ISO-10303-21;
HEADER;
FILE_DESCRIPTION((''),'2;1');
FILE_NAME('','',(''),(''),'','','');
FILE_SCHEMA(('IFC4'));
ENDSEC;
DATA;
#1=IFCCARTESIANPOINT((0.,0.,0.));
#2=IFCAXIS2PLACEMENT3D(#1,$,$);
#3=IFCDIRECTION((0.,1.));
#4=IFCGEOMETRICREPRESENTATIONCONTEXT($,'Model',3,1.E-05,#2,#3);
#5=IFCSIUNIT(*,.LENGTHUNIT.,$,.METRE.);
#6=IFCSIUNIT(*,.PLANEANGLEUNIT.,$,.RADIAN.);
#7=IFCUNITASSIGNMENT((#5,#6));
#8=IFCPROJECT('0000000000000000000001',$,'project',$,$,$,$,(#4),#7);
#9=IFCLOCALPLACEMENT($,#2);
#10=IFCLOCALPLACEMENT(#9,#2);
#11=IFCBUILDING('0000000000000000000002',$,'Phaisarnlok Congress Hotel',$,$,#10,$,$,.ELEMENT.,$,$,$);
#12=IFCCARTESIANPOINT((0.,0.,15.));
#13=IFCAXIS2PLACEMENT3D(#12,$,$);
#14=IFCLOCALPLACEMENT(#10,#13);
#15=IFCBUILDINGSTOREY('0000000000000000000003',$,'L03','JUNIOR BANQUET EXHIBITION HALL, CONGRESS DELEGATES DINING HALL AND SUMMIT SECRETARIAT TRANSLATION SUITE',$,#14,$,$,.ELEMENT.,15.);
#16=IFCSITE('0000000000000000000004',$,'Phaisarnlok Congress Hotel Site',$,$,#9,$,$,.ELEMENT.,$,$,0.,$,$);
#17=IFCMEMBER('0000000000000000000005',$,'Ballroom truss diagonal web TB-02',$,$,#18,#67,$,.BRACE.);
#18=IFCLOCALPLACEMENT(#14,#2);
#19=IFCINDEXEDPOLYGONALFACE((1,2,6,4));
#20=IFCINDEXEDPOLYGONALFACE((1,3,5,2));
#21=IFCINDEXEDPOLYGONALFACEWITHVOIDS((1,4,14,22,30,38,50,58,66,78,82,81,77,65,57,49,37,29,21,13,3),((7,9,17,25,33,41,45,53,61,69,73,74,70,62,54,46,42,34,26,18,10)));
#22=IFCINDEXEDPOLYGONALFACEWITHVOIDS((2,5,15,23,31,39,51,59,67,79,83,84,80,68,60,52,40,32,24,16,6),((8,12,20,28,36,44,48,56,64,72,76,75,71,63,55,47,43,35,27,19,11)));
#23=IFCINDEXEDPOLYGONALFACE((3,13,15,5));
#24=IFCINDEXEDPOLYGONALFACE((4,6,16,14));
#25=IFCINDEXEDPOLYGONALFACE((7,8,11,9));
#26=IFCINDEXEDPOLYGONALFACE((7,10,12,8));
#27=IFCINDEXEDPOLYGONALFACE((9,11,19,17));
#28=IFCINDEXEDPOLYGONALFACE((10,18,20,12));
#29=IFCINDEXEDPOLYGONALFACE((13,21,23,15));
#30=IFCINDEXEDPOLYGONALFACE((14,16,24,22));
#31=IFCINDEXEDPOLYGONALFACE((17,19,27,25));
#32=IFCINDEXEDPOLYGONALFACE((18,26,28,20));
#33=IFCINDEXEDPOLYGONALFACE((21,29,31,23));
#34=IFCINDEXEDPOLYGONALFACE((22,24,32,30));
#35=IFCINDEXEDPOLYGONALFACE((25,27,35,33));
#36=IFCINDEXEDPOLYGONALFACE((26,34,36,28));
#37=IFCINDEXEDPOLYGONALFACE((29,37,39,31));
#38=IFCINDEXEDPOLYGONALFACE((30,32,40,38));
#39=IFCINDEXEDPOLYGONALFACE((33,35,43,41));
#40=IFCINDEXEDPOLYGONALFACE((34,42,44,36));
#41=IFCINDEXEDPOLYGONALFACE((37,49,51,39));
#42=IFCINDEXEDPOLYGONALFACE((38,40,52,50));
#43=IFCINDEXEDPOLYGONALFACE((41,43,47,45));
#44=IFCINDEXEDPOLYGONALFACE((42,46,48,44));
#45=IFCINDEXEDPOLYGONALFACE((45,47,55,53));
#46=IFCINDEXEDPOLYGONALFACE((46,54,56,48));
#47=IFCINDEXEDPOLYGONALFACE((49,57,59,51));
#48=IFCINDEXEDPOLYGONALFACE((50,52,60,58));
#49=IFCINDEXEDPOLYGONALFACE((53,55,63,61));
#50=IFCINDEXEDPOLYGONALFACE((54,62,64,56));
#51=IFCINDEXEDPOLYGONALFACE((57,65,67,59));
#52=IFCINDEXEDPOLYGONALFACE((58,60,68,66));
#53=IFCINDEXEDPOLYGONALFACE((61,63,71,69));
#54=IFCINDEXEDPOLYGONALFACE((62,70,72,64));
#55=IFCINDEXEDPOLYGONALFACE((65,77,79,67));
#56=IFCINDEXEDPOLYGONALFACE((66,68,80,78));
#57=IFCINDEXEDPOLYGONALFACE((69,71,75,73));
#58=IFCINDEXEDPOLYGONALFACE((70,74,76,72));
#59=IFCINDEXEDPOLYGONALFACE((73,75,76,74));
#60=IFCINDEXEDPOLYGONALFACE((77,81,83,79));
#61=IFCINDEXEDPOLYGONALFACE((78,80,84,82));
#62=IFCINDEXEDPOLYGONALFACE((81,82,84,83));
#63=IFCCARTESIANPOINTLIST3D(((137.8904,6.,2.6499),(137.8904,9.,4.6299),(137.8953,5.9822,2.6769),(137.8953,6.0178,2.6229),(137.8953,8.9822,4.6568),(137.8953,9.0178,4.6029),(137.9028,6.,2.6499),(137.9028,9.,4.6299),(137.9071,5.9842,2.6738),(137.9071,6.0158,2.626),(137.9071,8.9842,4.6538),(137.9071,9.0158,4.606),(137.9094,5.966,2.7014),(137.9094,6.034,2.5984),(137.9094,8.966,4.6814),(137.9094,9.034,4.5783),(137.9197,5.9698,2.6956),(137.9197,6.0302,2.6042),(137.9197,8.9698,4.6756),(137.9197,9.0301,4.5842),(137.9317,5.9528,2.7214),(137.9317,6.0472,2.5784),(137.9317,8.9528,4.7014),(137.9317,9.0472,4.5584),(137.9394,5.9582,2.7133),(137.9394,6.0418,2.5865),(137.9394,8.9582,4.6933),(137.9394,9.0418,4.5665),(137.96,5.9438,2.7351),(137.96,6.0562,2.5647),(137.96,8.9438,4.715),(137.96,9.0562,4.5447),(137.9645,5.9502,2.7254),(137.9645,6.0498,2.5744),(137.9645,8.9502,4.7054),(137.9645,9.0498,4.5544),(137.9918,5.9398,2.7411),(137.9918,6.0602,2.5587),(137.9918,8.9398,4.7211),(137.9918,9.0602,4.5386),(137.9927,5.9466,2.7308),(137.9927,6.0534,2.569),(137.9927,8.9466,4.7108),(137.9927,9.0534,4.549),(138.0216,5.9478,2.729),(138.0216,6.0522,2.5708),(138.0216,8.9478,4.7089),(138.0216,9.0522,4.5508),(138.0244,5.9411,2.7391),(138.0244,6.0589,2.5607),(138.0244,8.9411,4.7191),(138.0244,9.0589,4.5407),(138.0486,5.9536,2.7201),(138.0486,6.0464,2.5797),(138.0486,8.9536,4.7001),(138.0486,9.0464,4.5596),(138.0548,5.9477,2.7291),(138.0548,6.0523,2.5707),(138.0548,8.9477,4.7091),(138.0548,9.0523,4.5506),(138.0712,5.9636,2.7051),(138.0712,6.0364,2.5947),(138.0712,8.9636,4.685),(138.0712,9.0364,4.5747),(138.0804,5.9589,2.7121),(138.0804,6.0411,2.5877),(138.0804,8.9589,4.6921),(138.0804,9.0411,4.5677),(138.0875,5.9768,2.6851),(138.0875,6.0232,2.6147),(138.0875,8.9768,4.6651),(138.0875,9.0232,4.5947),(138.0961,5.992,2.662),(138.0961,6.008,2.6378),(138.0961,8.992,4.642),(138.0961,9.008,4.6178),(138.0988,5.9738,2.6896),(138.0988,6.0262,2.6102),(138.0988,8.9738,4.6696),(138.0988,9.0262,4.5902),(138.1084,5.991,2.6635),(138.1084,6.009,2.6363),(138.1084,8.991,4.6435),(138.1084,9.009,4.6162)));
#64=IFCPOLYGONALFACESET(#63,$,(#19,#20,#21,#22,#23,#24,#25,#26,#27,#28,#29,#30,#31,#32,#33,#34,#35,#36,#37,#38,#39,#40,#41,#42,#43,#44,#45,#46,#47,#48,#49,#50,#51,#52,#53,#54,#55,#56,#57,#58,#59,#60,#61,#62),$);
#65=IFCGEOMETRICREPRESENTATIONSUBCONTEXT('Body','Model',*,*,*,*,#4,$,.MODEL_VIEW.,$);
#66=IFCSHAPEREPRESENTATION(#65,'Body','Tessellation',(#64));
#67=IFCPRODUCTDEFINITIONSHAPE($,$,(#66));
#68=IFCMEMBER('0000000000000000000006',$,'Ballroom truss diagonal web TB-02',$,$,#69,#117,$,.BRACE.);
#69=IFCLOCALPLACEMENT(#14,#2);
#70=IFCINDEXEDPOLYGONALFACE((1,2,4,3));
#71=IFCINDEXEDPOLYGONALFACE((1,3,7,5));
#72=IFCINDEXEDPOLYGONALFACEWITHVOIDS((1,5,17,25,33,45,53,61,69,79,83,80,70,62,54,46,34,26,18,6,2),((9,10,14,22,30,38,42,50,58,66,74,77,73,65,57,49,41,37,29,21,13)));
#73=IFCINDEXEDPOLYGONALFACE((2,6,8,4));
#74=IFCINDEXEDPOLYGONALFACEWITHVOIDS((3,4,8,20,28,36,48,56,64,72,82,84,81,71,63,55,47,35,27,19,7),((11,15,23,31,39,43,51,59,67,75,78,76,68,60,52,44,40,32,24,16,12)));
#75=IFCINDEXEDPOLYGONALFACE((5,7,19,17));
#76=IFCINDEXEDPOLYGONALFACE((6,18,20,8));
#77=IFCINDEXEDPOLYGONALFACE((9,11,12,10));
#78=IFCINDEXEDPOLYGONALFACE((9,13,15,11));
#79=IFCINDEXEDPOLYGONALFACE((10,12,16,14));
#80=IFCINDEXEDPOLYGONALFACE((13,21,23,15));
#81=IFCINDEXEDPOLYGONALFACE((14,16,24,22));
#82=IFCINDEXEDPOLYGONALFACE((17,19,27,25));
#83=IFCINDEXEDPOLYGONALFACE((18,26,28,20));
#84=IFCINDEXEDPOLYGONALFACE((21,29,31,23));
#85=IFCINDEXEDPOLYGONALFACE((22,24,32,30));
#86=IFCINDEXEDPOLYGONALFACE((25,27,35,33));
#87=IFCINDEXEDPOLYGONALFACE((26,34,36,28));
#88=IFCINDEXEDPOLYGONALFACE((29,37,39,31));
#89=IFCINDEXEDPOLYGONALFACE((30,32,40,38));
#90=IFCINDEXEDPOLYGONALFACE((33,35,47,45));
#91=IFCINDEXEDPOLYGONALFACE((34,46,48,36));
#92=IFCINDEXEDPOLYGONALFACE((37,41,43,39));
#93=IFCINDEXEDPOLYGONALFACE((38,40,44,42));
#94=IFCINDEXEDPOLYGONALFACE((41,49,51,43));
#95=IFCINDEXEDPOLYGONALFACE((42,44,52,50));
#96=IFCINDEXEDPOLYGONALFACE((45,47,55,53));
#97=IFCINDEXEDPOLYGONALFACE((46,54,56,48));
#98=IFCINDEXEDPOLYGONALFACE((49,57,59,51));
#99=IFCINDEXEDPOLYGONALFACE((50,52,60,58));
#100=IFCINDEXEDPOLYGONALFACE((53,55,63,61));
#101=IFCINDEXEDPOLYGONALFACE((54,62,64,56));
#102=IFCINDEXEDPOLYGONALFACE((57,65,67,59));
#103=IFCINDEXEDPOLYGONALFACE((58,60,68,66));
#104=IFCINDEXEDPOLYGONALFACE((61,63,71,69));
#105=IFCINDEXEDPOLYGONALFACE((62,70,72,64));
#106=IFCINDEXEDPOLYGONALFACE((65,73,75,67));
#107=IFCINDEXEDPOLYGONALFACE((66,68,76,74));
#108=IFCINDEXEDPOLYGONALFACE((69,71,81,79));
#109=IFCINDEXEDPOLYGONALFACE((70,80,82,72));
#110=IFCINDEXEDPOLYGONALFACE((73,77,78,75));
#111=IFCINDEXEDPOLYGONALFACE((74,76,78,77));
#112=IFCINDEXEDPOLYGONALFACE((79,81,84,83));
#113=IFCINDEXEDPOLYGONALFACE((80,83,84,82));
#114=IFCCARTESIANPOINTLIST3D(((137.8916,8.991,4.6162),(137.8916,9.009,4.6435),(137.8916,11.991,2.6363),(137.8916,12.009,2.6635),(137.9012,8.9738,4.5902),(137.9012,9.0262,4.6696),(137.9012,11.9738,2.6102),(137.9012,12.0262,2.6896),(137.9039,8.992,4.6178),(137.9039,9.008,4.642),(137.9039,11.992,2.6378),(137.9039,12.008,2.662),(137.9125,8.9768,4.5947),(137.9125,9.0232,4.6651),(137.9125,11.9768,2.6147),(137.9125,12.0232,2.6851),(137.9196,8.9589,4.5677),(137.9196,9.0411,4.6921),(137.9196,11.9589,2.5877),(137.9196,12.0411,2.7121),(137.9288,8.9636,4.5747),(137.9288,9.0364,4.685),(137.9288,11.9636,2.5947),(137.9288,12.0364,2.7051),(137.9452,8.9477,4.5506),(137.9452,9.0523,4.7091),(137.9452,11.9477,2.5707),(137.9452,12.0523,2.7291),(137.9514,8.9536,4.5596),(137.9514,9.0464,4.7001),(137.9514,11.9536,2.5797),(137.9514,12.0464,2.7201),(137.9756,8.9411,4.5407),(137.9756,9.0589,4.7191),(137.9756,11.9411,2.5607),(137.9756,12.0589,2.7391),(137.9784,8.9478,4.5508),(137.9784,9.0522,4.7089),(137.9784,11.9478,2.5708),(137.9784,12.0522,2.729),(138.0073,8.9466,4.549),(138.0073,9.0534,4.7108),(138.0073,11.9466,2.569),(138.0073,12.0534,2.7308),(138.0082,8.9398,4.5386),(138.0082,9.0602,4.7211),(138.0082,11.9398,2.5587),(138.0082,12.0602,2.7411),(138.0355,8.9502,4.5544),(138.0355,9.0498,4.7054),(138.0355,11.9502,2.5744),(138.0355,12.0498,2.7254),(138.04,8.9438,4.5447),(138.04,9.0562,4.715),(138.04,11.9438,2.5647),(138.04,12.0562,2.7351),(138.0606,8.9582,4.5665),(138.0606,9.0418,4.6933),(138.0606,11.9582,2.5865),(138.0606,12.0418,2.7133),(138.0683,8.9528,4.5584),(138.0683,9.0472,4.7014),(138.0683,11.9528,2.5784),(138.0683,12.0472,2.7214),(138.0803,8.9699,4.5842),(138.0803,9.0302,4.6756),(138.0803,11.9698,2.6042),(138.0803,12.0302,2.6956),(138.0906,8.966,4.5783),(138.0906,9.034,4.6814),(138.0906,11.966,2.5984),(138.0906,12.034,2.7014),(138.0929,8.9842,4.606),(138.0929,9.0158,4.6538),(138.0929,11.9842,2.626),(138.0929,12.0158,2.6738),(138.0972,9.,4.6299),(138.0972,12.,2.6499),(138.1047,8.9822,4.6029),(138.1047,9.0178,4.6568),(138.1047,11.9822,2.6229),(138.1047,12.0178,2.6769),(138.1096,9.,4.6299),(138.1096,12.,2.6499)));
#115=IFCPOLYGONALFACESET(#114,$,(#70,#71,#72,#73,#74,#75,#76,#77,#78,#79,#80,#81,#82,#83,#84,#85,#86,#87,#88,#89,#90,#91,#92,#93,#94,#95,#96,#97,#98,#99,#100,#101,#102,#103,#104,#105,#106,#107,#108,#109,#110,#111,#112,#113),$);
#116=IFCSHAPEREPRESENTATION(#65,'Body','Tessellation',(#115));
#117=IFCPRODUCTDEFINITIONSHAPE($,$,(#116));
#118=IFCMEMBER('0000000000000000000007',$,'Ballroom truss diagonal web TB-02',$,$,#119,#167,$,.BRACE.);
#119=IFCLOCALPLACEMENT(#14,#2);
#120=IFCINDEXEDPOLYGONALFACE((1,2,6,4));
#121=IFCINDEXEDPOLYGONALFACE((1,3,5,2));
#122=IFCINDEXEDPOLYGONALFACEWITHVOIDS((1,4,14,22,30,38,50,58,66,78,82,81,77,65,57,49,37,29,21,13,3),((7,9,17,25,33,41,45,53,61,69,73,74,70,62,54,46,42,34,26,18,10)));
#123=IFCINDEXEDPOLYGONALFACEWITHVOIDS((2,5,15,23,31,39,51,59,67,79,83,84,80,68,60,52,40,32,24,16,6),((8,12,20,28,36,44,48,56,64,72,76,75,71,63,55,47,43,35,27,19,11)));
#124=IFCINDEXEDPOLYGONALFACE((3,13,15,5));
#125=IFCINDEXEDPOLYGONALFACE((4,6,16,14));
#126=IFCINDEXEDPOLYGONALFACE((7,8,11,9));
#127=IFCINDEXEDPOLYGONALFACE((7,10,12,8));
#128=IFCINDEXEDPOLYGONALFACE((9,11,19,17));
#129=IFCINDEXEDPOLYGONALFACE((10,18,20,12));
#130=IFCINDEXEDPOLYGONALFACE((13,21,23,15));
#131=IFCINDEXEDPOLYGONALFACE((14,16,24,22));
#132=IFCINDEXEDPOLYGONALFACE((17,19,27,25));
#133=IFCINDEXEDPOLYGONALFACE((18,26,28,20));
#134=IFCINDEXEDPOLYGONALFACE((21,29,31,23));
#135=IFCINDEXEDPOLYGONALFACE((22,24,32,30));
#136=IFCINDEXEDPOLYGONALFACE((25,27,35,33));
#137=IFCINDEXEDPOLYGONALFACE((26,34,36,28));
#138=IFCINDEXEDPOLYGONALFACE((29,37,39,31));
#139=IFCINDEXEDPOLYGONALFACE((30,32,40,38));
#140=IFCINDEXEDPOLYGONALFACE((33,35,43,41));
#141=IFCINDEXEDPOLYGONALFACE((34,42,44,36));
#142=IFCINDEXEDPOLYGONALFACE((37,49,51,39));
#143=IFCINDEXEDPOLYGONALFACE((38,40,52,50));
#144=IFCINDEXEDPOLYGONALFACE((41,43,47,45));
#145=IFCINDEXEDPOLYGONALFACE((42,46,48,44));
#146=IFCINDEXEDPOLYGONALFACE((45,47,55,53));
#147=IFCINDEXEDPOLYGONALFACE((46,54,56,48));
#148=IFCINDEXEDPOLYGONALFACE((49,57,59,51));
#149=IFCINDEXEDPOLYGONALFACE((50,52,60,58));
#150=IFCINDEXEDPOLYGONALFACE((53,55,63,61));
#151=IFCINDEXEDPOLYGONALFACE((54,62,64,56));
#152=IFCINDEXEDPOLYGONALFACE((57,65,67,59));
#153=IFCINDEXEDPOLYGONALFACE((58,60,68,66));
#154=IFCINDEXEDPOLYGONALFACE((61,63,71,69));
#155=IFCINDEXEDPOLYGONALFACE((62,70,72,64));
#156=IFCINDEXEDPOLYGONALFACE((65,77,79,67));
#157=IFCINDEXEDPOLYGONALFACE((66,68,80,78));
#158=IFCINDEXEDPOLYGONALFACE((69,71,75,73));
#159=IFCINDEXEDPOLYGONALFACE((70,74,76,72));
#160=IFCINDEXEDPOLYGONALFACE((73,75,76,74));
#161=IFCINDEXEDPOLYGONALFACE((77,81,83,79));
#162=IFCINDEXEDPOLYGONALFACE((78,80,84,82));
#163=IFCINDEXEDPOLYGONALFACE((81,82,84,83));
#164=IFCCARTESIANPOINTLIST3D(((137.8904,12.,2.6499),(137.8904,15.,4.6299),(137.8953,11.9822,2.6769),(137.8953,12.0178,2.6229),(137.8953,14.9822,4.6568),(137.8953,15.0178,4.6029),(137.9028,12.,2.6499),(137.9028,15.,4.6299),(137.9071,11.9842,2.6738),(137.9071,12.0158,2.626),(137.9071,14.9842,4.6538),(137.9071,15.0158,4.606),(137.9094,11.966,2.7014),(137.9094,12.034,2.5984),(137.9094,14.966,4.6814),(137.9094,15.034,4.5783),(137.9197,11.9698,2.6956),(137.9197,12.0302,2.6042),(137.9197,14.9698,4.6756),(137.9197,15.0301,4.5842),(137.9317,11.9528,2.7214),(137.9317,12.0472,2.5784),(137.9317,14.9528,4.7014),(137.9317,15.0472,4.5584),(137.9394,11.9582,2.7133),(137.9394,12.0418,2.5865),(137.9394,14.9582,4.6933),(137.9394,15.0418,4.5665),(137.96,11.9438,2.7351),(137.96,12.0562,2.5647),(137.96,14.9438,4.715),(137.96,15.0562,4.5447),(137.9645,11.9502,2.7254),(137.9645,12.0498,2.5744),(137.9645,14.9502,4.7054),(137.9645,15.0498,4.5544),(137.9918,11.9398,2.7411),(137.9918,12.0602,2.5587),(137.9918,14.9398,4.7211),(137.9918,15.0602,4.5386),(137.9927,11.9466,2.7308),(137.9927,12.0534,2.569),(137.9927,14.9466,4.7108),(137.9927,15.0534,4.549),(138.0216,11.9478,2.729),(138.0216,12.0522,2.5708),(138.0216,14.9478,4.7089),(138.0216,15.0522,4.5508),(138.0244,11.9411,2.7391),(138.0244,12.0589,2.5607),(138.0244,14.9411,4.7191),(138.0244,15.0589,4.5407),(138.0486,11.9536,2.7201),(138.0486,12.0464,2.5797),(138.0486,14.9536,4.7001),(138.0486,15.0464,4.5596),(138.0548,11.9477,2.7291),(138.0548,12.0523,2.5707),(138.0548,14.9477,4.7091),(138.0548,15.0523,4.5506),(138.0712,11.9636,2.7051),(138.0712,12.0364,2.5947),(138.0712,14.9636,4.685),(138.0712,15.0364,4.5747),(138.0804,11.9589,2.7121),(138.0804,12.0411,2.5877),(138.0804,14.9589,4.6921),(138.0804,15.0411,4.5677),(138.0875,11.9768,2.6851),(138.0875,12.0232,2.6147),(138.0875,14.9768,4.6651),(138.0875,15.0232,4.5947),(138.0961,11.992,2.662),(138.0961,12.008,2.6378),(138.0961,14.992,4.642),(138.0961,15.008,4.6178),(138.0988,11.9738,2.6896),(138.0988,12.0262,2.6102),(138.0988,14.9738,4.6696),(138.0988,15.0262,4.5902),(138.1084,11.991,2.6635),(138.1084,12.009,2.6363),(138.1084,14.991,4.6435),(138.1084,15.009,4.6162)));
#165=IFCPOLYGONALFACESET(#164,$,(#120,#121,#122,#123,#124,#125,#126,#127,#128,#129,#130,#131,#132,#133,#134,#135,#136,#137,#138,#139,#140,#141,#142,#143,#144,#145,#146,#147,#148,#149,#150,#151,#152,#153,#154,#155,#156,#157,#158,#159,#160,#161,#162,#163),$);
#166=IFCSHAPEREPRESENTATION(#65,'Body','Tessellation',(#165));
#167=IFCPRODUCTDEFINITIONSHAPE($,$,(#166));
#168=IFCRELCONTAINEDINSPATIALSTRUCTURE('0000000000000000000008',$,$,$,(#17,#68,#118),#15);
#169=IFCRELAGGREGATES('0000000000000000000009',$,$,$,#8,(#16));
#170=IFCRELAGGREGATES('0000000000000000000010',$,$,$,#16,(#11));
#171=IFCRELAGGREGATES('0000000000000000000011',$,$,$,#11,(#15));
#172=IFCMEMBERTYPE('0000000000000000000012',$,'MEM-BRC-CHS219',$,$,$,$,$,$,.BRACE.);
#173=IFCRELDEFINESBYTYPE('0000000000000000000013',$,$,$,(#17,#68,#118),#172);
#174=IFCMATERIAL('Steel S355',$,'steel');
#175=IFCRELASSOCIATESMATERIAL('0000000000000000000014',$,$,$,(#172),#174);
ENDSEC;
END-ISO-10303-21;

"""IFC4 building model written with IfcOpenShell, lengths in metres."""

from ifc_helpers import new_model, si_unit, direction, frame, origin, origin_2d, place, context, subcontext, project, spatial, hollow_circle, extrude, material, material_profile, profile_set, type_object, element, save


model = new_model("IFC4")

# Units and contexts
model_context = context("Model", 3, precision=1e-05, world=origin(), true_north=direction((0.0, 1.0)))
body_context = subcontext(model_context, "Body", "Model", "MODEL_VIEW")
ifc_project = project(units=[si_unit("LENGTHUNIT", "METRE"), si_unit("PLANEANGLEUNIT", "RADIAN")], contexts=[model_context])

# Site, building, storey
site_placement = place(None, origin())
site = spatial("IfcSite", under=ifc_project, at=site_placement, Name="Phaisarnlok Congress Hotel Site", CompositionType="ELEMENT", RefElevation=0.0)
building_placement = place(site_placement, origin())
building = spatial("IfcBuilding", under=site, at=building_placement, Name="Phaisarnlok Congress Hotel", CompositionType="ELEMENT")
storey_placement = place(building_placement, frame((0.0, 0.0, 15.0)))
storey = spatial("IfcBuildingStorey", under=building, at=storey_placement, Name="L03", Description="JUNIOR BANQUET EXHIBITION HALL, CONGRESS DELEGATES DINING HALL AND SUMMIT SECRETARIAT TRANSLATION SUITE", CompositionType="ELEMENT", Elevation=15.0)

# Shared definitions
ifc_material_1 = material(Name="Steel S355", Category="steel")

# Members
ifc_material_profile_1 = material_profile(ifc_material_1, hollow_circle(Radius=0.1096, WallThickness=0.0125, at=origin_2d()), Name="CHS 219.1x12.5")
ifc_profile_set_1 = profile_set([ifc_material_profile_1], Name="Steel S355")
member_type_1 = type_object("IfcMemberType", Name="MEM-BRC-CHS219", PredefinedType="BRACE", material=ifc_profile_set_1)
for number, where, z_axis, x_axis, name in (
    (1, (138.0, 6.0, 2.6499), (0.0, 0.834612, 0.550838), (-1.0, 0.0, 0.0), "Ballroom truss diagonal web TB-02"),
    (2, (138.0, 12.0, 2.6499), (0.0, -0.834612, 0.550838), (1.0, 0.0, 0.0), "Ballroom truss diagonal web TB-02"),
    (3, (138.0, 12.0, 2.6499), (0.0, 0.834612, 0.550838), (-1.0, 0.0, 0.0), "Ballroom truss diagonal web TB-02"),
):
    element("IfcMember", number, at=place(storey_placement, frame(where, z_axis=z_axis, x_axis=x_axis)), inside=storey, type_object=member_type_1, Name=name, PredefinedType="BRACE", context=body_context, shape_type="SweptSolid", body=[
        extrude(hollow_circle(Radius=0.1096, WallThickness=0.0125, at=origin_2d()), origin(), (0.0, 0.0, 1.0), 3.5945),
    ])

save(model, "model.ifc")
